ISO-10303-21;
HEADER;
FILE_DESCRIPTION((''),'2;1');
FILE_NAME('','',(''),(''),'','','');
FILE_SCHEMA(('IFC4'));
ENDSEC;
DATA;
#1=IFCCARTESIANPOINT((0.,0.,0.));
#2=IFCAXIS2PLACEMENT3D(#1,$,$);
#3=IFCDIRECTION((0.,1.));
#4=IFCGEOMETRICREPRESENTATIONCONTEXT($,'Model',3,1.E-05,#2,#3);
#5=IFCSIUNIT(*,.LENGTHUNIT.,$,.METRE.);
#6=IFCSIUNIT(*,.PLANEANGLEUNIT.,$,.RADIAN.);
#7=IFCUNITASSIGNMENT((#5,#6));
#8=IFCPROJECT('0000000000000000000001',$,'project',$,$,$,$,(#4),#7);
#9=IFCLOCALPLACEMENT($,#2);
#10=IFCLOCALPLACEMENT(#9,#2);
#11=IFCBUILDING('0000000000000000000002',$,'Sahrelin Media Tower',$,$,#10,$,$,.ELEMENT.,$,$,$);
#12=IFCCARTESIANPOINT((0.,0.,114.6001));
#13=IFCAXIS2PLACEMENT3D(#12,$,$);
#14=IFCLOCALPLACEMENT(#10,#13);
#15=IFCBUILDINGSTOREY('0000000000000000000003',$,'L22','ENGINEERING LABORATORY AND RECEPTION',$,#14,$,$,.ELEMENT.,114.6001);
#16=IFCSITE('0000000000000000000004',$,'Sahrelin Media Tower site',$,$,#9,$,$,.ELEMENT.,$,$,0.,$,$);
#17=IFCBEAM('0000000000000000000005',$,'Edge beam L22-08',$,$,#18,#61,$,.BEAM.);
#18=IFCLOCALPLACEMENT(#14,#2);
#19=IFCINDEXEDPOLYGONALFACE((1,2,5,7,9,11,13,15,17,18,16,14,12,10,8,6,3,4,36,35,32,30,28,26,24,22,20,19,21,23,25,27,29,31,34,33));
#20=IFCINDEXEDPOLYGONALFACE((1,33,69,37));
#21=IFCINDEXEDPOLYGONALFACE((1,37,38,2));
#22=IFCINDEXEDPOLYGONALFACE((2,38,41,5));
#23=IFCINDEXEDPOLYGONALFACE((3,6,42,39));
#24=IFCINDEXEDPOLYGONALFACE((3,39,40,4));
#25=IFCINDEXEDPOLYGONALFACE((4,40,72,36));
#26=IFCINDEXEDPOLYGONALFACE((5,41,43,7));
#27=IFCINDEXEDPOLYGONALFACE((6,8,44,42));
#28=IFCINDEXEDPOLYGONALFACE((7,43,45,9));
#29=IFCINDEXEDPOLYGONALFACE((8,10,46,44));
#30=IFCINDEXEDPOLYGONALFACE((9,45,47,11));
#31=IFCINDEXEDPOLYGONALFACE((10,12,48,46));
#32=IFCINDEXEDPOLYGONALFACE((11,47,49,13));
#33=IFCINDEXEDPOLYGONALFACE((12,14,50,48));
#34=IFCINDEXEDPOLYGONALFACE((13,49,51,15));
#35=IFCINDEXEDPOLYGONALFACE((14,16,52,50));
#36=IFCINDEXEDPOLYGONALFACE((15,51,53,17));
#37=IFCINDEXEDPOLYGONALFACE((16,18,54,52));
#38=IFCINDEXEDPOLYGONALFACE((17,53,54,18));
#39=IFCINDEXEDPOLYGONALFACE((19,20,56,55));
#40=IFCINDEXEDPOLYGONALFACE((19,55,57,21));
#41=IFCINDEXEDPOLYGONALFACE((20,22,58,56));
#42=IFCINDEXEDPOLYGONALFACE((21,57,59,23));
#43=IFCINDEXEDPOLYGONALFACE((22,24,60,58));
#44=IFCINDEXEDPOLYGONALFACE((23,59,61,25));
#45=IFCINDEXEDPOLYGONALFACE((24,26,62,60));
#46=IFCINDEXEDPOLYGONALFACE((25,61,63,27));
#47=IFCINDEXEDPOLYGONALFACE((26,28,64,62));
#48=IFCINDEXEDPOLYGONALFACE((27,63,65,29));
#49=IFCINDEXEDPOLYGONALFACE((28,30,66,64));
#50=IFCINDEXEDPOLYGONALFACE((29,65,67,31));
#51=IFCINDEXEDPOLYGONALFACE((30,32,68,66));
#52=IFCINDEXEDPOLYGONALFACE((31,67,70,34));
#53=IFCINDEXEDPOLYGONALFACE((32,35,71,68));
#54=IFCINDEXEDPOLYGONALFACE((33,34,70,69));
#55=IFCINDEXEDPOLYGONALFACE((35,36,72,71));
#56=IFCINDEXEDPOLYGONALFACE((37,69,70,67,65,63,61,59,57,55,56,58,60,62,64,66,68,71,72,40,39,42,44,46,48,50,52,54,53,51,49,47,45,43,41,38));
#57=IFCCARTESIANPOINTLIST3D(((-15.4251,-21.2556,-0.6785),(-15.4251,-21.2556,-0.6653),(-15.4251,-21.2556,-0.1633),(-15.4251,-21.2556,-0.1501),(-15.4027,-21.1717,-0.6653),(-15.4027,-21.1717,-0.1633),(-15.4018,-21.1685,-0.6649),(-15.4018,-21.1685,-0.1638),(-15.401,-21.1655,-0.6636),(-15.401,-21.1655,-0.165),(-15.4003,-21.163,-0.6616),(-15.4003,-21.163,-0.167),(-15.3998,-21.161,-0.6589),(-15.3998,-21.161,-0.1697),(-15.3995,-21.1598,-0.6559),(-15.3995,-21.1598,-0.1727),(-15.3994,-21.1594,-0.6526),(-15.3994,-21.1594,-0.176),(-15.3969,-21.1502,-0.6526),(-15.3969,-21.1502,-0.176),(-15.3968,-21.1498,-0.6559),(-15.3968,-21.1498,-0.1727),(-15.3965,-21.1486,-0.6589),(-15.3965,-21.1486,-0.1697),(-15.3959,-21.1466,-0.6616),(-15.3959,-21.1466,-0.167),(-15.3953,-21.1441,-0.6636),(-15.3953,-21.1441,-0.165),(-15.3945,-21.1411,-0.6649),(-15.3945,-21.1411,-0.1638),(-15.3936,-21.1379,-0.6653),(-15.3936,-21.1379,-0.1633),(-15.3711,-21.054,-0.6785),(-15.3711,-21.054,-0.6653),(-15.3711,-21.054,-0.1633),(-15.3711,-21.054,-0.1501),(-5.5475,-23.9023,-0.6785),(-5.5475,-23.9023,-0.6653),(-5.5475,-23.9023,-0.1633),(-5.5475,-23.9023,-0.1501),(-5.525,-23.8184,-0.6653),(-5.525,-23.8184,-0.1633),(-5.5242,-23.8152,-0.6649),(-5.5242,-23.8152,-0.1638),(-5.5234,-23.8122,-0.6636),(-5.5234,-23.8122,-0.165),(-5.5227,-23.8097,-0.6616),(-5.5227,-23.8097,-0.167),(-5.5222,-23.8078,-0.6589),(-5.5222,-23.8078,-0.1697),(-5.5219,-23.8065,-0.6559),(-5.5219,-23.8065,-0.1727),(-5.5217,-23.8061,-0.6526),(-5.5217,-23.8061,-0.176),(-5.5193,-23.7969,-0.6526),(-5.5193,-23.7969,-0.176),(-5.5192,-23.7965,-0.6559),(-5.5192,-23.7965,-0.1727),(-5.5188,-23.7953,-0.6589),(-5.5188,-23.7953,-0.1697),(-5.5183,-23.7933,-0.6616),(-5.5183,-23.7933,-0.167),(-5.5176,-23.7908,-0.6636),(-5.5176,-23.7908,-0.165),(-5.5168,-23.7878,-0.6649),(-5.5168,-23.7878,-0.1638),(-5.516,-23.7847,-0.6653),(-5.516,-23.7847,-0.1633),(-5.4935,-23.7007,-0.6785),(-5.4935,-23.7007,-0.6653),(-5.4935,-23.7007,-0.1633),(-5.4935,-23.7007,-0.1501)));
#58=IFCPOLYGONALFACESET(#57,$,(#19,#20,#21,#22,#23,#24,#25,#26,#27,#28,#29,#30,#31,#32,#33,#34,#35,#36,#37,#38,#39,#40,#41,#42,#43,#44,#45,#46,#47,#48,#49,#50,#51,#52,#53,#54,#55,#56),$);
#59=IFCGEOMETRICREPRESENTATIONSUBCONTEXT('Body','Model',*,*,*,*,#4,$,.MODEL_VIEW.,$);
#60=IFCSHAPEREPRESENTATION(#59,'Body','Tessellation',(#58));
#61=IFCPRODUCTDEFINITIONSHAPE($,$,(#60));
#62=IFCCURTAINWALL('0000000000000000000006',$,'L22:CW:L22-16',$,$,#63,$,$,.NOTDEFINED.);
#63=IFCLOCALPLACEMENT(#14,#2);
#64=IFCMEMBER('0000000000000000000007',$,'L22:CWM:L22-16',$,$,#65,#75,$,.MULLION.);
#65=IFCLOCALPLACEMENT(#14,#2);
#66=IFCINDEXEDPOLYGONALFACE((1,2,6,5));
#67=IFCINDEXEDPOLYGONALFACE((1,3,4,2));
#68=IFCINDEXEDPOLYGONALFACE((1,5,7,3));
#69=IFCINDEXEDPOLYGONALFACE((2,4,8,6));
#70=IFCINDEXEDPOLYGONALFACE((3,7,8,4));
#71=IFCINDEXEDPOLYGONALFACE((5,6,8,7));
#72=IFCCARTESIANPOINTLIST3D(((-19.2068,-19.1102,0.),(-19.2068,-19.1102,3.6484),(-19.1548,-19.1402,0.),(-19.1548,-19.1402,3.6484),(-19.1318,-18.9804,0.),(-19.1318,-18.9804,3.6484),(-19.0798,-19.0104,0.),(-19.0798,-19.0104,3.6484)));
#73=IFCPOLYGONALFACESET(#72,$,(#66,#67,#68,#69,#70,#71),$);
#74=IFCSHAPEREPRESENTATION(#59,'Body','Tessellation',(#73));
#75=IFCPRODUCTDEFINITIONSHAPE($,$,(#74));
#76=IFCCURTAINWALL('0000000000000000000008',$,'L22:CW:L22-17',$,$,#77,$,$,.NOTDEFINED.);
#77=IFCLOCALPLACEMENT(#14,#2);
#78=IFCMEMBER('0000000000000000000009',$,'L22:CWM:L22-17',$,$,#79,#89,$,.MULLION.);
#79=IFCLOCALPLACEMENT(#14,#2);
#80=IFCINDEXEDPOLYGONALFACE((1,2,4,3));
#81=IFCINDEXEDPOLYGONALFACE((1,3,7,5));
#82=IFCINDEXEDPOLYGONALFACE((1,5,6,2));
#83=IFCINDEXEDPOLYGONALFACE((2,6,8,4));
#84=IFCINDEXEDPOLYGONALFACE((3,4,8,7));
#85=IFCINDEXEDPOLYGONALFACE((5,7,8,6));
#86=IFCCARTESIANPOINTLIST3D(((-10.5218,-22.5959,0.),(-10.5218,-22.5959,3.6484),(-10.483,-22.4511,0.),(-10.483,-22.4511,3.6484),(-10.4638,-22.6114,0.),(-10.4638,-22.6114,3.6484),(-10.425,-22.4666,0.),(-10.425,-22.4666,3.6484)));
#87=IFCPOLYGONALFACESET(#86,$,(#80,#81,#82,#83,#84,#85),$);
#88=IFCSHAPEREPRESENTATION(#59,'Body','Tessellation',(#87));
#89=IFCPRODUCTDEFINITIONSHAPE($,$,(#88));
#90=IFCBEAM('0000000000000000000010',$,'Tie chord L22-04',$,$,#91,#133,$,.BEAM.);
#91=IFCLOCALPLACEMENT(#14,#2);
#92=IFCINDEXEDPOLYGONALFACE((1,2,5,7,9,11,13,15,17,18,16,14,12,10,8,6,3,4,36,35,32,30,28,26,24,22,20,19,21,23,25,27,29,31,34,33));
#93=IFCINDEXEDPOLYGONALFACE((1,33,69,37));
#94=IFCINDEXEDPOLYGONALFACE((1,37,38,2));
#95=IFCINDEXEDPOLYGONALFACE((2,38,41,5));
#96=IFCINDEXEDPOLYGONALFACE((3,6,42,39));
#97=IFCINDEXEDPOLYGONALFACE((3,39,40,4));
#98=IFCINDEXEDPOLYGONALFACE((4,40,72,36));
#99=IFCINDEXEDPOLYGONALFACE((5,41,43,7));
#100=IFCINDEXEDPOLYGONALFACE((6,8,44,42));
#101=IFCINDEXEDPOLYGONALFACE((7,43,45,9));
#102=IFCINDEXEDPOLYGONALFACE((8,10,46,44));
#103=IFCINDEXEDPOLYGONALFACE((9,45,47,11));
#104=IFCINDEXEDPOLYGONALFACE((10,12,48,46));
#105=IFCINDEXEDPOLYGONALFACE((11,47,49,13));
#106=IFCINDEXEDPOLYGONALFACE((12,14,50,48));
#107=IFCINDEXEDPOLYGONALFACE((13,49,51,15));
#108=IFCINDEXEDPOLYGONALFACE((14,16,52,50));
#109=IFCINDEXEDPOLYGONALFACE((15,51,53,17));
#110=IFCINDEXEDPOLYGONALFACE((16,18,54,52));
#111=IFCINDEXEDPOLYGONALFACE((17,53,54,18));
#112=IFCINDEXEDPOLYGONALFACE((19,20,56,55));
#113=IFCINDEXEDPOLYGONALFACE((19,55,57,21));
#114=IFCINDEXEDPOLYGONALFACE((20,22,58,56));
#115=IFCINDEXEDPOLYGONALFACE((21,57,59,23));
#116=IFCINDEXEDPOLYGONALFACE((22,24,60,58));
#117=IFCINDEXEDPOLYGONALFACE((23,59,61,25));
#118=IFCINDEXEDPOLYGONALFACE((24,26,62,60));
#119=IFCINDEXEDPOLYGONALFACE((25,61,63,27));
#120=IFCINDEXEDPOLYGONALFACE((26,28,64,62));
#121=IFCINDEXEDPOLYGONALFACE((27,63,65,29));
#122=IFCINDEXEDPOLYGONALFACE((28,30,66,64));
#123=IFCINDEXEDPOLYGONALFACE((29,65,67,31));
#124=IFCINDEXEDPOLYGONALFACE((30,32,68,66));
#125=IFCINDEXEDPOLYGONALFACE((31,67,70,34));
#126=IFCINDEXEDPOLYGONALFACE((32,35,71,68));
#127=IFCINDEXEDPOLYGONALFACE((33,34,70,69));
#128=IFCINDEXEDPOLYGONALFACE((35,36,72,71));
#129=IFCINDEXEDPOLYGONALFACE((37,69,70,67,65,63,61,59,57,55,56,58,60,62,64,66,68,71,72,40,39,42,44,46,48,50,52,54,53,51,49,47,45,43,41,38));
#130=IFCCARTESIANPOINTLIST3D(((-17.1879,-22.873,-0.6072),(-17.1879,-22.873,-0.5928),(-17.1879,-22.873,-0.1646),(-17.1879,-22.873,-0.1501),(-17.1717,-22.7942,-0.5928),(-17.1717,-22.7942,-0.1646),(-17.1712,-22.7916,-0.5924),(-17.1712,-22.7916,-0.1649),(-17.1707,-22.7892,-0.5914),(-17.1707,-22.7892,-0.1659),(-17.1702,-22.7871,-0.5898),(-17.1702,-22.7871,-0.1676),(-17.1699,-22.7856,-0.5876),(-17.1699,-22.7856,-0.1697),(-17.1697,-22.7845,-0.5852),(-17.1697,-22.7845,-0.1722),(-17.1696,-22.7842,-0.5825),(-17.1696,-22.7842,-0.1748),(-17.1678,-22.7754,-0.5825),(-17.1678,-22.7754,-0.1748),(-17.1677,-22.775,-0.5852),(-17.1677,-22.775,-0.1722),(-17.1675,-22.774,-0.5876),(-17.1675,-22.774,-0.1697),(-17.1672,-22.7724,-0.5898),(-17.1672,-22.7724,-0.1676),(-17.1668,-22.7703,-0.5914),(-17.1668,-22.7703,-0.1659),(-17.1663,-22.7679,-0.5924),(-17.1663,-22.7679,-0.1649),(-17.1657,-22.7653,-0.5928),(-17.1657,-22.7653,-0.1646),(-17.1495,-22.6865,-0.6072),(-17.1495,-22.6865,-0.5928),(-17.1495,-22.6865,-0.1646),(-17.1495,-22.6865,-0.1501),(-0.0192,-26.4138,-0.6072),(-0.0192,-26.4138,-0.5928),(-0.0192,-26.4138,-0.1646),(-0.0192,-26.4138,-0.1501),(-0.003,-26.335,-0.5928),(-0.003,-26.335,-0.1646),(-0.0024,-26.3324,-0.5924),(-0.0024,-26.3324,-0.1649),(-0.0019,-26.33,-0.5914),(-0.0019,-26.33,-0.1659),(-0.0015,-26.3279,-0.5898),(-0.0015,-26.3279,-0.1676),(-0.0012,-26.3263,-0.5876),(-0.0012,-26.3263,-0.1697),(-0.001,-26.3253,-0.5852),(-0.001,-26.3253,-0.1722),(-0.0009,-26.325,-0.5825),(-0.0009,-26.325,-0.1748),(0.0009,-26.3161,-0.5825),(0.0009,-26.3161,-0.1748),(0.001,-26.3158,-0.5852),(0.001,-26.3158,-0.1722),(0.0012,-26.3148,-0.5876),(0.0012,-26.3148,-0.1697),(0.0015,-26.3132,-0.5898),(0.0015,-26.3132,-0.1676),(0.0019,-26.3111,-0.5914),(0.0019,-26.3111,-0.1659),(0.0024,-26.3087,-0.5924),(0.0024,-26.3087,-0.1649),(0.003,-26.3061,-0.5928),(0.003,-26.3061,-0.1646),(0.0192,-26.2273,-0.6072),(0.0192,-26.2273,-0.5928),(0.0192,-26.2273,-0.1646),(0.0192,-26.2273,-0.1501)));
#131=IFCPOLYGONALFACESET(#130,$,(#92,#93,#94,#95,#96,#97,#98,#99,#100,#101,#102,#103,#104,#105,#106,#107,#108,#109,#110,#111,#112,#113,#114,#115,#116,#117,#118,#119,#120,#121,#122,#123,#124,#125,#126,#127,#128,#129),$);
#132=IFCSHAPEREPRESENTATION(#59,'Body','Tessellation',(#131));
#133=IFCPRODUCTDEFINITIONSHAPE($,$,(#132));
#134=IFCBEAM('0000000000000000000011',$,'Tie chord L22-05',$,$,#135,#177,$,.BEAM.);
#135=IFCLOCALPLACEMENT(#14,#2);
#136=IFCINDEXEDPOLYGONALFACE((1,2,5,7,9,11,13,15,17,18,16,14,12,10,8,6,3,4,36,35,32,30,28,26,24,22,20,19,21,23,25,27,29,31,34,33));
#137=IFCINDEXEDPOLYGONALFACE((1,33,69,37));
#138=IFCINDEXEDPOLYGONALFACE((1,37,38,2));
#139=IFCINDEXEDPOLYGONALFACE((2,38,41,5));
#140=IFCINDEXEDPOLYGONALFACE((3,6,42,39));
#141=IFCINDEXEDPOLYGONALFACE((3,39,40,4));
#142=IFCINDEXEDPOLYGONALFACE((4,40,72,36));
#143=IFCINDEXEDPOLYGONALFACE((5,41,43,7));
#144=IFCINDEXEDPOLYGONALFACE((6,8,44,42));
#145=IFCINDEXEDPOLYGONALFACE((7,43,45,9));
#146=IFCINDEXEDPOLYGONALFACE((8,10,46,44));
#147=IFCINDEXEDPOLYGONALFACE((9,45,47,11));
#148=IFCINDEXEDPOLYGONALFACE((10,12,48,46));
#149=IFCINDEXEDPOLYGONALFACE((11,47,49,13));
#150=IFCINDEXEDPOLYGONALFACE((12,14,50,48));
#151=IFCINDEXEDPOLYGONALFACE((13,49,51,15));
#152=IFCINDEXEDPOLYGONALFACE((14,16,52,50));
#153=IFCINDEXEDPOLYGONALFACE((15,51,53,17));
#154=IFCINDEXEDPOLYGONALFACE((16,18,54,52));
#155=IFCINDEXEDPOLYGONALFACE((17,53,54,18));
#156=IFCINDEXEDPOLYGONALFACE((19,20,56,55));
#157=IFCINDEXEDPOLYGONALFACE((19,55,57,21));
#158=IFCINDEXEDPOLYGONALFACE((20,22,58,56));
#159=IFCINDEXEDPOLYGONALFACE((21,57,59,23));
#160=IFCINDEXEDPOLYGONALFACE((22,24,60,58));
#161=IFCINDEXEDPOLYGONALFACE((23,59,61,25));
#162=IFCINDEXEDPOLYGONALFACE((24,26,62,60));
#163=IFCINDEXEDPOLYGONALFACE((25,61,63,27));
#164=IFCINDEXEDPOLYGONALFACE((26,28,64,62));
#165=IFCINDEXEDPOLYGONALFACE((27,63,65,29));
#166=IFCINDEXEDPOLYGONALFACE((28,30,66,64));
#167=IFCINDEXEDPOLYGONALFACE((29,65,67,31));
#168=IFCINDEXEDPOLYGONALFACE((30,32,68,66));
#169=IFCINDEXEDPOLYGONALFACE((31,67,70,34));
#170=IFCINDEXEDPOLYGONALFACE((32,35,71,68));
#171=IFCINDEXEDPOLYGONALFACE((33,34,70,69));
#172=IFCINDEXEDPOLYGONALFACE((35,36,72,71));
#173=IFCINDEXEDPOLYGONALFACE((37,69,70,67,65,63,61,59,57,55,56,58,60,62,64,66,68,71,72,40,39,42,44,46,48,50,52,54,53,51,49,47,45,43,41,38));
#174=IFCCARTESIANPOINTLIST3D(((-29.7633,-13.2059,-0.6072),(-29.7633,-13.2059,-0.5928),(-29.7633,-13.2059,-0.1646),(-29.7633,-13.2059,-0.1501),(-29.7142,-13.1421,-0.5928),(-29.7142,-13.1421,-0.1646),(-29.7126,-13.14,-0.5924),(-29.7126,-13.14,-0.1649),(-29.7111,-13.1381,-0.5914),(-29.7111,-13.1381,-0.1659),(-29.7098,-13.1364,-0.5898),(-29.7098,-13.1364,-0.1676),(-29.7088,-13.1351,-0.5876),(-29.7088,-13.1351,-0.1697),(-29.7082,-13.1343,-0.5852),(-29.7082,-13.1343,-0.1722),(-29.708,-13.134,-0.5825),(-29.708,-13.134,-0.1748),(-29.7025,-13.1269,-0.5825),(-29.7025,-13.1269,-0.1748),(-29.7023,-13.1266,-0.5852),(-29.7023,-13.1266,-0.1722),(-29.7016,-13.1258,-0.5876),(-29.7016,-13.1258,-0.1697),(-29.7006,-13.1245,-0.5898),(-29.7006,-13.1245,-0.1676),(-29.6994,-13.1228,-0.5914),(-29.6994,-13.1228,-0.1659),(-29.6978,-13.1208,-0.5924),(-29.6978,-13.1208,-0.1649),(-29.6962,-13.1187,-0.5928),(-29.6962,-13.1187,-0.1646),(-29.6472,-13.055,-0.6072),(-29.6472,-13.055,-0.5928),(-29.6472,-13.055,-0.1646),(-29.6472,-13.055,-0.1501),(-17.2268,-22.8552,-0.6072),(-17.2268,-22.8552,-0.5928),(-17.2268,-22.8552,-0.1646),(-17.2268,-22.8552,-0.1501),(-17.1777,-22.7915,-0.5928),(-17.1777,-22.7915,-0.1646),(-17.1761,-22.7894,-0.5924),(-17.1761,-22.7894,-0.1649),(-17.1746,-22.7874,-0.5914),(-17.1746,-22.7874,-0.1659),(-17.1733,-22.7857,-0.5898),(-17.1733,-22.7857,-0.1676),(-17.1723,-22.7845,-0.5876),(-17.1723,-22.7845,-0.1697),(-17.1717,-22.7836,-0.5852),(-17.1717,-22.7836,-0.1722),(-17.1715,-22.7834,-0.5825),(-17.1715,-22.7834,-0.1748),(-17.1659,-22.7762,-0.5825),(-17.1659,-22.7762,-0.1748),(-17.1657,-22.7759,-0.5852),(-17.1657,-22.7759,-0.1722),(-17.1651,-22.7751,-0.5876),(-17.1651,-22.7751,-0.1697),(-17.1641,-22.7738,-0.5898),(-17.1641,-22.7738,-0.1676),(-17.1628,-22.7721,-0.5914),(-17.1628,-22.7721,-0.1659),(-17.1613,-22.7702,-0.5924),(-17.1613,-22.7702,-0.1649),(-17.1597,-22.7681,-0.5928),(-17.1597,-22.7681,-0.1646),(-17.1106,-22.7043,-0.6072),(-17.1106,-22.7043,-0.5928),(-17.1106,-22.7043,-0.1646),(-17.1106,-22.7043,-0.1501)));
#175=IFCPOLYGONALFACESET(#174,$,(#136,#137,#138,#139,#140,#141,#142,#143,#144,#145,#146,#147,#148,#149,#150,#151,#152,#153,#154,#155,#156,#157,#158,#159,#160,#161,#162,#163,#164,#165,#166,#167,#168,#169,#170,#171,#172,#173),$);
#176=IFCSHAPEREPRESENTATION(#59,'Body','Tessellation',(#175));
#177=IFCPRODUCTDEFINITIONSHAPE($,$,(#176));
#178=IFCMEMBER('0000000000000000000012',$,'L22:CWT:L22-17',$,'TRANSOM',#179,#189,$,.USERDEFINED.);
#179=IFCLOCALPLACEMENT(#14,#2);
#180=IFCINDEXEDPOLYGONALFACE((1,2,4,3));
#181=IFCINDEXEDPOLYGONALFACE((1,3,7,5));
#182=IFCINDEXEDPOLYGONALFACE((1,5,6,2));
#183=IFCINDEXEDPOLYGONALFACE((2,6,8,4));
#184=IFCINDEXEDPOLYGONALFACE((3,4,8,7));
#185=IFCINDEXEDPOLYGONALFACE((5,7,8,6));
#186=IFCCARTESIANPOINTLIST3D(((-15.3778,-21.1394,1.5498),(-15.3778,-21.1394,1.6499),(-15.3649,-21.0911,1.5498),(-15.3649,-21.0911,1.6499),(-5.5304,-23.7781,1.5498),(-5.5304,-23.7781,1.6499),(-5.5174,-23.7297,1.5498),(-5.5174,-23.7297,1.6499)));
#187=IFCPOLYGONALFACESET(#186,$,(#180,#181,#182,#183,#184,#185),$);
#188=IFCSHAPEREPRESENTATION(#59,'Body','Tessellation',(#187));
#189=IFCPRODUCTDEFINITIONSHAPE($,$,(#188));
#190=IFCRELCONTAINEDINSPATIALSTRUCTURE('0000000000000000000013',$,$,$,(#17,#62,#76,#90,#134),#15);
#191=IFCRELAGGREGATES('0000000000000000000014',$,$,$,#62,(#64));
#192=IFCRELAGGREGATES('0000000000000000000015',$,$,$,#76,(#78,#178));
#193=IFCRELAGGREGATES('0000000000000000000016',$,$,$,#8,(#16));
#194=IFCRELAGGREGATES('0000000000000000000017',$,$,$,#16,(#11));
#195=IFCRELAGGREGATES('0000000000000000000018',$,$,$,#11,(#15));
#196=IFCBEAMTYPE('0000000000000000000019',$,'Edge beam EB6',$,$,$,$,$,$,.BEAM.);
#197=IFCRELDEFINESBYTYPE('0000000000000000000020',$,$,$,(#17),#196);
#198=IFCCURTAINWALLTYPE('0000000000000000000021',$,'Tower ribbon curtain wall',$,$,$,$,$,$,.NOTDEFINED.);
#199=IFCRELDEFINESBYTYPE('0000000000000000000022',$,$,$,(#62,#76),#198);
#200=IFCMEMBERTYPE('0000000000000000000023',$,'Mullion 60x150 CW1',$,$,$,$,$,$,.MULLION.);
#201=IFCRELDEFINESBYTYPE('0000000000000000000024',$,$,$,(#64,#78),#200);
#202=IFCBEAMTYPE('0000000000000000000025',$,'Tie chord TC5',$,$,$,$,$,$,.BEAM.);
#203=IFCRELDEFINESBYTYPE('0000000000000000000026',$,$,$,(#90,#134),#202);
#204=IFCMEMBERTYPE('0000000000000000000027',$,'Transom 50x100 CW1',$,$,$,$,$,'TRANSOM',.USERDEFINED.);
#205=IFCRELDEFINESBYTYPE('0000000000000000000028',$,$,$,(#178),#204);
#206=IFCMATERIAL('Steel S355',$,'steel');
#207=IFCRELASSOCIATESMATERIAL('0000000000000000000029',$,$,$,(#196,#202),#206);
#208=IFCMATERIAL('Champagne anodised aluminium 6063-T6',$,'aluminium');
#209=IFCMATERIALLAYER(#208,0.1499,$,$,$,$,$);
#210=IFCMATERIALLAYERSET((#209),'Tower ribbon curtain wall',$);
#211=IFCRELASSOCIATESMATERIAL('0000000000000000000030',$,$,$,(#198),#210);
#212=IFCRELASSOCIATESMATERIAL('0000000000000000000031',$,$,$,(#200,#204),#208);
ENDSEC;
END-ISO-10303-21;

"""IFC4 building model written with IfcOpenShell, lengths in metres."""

from ifc_helpers import new_model, si_unit, direction, frame, origin, origin_2d, place, context, subcontext, project, spatial, rectangle, i_section, extrude, material, layer, layer_set, material_profile, profile_set, type_object, element, aggregate, save


model = new_model("IFC4")

# Units and contexts
model_context = context("Model", 3, precision=1e-05, world=origin(), true_north=direction((0.0, 1.0)))
body_context = subcontext(model_context, "Body", "Model", "MODEL_VIEW")
ifc_project = project(units=[si_unit("LENGTHUNIT", "METRE"), si_unit("PLANEANGLEUNIT", "RADIAN")], contexts=[model_context])

# Site, building, storey
site_placement = place(None, origin())
site = spatial("IfcSite", under=ifc_project, at=site_placement, Name="Sahrelin Media Tower site", CompositionType="ELEMENT", RefElevation=0.0)
building_placement = place(site_placement, origin())
building = spatial("IfcBuilding", under=site, at=building_placement, Name="Sahrelin Media Tower", CompositionType="ELEMENT")
storey_placement = place(building_placement, frame((0.0, 0.0, 114.6001)))
storey = spatial("IfcBuildingStorey", under=building, at=storey_placement, Name="L22", Description="ENGINEERING LABORATORY AND RECEPTION", CompositionType="ELEMENT", Elevation=114.6001)

# Beam
ifc_material_1 = material(Name="Steel S355", Category="steel")
ifc_material_profile_1 = material_profile(ifc_material_1, i_section(OverallWidth=0.2087, OverallDepth=0.5283, WebThickness=0.0095, FlangeThickness=0.0132, FilletRadius=0.0127, at=origin_2d()), Name="UB 533x210x82")
ifc_profile_set_1 = profile_set([ifc_material_profile_1], Name="Steel S355")
beam_type_1 = type_object("IfcBeamType", Name="Edge beam EB6", PredefinedType="BEAM", material=ifc_profile_set_1)
beam_1_placement = place(storey_placement, frame((-5.5205, -23.8015, -0.4143), z_axis=(-0.965926, 0.25882, 0.0), x_axis=(-0.25882, -0.965926, 0.0)))
element("IfcBeam", 1, at=beam_1_placement, inside=storey, type_object=beam_type_1, Name="Edge beam L22-08", PredefinedType="BEAM", context=body_context, shape_type="SweptSolid", body=[
    extrude(i_section(OverallWidth=0.2087, OverallDepth=0.5283, WebThickness=0.0095, FlangeThickness=0.0132, FilletRadius=0.0127, at=origin_2d()), origin(), (0.0, 0.0, 1.0), 10.2261),
])

# Curtain walls, members
ifc_material_2 = material(Name="Champagne anodised aluminium 6063-T6", Category="aluminium")
ifc_layer_1 = layer(ifc_material_2, 0.1499)
ifc_layer_set_1 = layer_set([ifc_layer_1], Name="Tower ribbon curtain wall")
curtain_wall_type = type_object("IfcCurtainWallType", Name="Tower ribbon curtain wall", PredefinedType="NOTDEFINED", material=ifc_layer_set_1)
curtain_wall_1_placement = place(storey_placement, frame((-19.1907, -19.1426, 0.0), z_axis=(0.0, 0.0, 1.0), x_axis=(1.0, 0.0, 0.0)))
curtain_wall_1 = element("IfcCurtainWall", 2, at=curtain_wall_1_placement, inside=storey, type_object=curtain_wall_type, Name="L22:CW:L22-16", PredefinedType="NOTDEFINED")
ifc_material_profile_2 = material_profile(ifc_material_2, rectangle(XDim=0.0601, YDim=0.1499, at=origin_2d()), Name="Mullion 60x150")
ifc_profile_set_2 = profile_set([ifc_material_profile_2], Name="Champagne anodised aluminium 6063-T6")
member_type_1 = type_object("IfcMemberType", Name="Mullion 60x150 CW1", PredefinedType="MULLION", material=ifc_profile_set_2)
member_1_placement = place(storey_placement, frame((-19.1433, -19.0603, 0.0), z_axis=(0.0, 0.0, 1.0), x_axis=(0.866026, -0.499998, 0.0)))
member_1 = element("IfcMember", 3, at=member_1_placement, type_object=member_type_1, Name="L22:CWM:L22-16", PredefinedType="MULLION", context=body_context, shape_type="SweptSolid", body=[
    extrude(rectangle(XDim=0.0601, YDim=0.1499, at=origin_2d()), origin(), (0.0, 0.0, 1.0), 3.6484),
])
aggregate(curtain_wall_1, [member_1])
curtain_wall_2_placement = place(storey_placement, frame((-10.498, -22.623, 0.0), z_axis=(0.0, 0.0, 1.0), x_axis=(1.0, 0.0, 0.0)))
curtain_wall_2 = element("IfcCurtainWall", 4, at=curtain_wall_2_placement, inside=storey, type_object=curtain_wall_type, Name="L22:CW:L22-17", PredefinedType="NOTDEFINED")
member_2_placement = place(storey_placement, frame((-10.4734, -22.5312, 0.0), z_axis=(0.0, 0.0, 1.0), x_axis=(0.965925, -0.258821, 0.0)))
member_2 = element("IfcMember", 5, at=member_2_placement, type_object=member_type_1, Name="L22:CWM:L22-17", PredefinedType="MULLION", context=body_context, shape_type="SweptSolid", body=[
    extrude(rectangle(XDim=0.0601, YDim=0.1499, at=origin_2d()), origin(), (0.0, 0.0, 1.0), 3.6484),
])

# Beams
ifc_material_profile_3 = material_profile(ifc_material_1, i_section(OverallWidth=0.1904, OverallDepth=0.457, WebThickness=0.009, FlangeThickness=0.0144, FilletRadius=0.0103, at=origin_2d()), Name="UB 457x191x74")
ifc_profile_set_3 = profile_set([ifc_material_profile_3], Name="Steel S355")
beam_type_2 = type_object("IfcBeamType", Name="Tie chord TC5", PredefinedType="BEAM", material=ifc_profile_set_3)
beam_2_placement = place(storey_placement, frame((0.0, -26.3206, -0.3787), z_axis=(-0.979389, 0.201983, 0.0), x_axis=(-0.201983, -0.979389, 0.0)))
element("IfcBeam", 6, at=beam_2_placement, inside=storey, type_object=beam_type_2, Name="Tie chord L22-04", PredefinedType="BEAM", context=body_context, shape_type="SweptSolid", body=[
    extrude(i_section(OverallWidth=0.1904, OverallDepth=0.457, WebThickness=0.009, FlangeThickness=0.0144, FilletRadius=0.0103, at=origin_2d()), origin(), (0.0, 0.0, 1.0), 17.53),
])
beam_3_placement = place(storey_placement, frame((-17.1687, -22.7798, -0.3787), z_axis=(-0.792445, 0.609943, 0.0), x_axis=(-0.609943, -0.792445, 0.0)))
element("IfcBeam", 7, at=beam_3_placement, inside=storey, type_object=beam_type_2, Name="Tie chord L22-05", PredefinedType="BEAM", context=body_context, shape_type="SweptSolid", body=[
    extrude(i_section(OverallWidth=0.1904, OverallDepth=0.457, WebThickness=0.009, FlangeThickness=0.0144, FilletRadius=0.0103, at=origin_2d()), origin(), (0.0, 0.0, 1.0), 15.8201),
])

# Member
ifc_material_profile_4 = material_profile(ifc_material_2, rectangle(XDim=0.05, YDim=0.1001, at=origin_2d()), Name="Transom 50x100")
ifc_profile_set_4 = profile_set([ifc_material_profile_4], Name="Champagne anodised aluminium 6063-T6")
member_type_2 = type_object("IfcMemberType", Name="Transom 50x100 CW1", ElementType="TRANSOM", PredefinedType="USERDEFINED", material=ifc_profile_set_4)
member_3_placement = place(storey_placement, frame((-15.3713, -21.1152, 1.5999), z_axis=(0.965924, -0.258825, 0.0), x_axis=(0.258825, 0.965924, 0.0)))
member_3 = element("IfcMember", 8, at=member_3_placement, type_object=member_type_2, Name="L22:CWT:L22-17", ObjectType="TRANSOM", PredefinedType="USERDEFINED", context=body_context, shape_type="SweptSolid", body=[
    extrude(rectangle(XDim=0.05, YDim=0.1001, at=origin_2d()), origin(), (0.0, 0.0, 1.0), 10.1948),
])

aggregate(curtain_wall_2, [member_2, member_3])

save(model, "model.ifc")
